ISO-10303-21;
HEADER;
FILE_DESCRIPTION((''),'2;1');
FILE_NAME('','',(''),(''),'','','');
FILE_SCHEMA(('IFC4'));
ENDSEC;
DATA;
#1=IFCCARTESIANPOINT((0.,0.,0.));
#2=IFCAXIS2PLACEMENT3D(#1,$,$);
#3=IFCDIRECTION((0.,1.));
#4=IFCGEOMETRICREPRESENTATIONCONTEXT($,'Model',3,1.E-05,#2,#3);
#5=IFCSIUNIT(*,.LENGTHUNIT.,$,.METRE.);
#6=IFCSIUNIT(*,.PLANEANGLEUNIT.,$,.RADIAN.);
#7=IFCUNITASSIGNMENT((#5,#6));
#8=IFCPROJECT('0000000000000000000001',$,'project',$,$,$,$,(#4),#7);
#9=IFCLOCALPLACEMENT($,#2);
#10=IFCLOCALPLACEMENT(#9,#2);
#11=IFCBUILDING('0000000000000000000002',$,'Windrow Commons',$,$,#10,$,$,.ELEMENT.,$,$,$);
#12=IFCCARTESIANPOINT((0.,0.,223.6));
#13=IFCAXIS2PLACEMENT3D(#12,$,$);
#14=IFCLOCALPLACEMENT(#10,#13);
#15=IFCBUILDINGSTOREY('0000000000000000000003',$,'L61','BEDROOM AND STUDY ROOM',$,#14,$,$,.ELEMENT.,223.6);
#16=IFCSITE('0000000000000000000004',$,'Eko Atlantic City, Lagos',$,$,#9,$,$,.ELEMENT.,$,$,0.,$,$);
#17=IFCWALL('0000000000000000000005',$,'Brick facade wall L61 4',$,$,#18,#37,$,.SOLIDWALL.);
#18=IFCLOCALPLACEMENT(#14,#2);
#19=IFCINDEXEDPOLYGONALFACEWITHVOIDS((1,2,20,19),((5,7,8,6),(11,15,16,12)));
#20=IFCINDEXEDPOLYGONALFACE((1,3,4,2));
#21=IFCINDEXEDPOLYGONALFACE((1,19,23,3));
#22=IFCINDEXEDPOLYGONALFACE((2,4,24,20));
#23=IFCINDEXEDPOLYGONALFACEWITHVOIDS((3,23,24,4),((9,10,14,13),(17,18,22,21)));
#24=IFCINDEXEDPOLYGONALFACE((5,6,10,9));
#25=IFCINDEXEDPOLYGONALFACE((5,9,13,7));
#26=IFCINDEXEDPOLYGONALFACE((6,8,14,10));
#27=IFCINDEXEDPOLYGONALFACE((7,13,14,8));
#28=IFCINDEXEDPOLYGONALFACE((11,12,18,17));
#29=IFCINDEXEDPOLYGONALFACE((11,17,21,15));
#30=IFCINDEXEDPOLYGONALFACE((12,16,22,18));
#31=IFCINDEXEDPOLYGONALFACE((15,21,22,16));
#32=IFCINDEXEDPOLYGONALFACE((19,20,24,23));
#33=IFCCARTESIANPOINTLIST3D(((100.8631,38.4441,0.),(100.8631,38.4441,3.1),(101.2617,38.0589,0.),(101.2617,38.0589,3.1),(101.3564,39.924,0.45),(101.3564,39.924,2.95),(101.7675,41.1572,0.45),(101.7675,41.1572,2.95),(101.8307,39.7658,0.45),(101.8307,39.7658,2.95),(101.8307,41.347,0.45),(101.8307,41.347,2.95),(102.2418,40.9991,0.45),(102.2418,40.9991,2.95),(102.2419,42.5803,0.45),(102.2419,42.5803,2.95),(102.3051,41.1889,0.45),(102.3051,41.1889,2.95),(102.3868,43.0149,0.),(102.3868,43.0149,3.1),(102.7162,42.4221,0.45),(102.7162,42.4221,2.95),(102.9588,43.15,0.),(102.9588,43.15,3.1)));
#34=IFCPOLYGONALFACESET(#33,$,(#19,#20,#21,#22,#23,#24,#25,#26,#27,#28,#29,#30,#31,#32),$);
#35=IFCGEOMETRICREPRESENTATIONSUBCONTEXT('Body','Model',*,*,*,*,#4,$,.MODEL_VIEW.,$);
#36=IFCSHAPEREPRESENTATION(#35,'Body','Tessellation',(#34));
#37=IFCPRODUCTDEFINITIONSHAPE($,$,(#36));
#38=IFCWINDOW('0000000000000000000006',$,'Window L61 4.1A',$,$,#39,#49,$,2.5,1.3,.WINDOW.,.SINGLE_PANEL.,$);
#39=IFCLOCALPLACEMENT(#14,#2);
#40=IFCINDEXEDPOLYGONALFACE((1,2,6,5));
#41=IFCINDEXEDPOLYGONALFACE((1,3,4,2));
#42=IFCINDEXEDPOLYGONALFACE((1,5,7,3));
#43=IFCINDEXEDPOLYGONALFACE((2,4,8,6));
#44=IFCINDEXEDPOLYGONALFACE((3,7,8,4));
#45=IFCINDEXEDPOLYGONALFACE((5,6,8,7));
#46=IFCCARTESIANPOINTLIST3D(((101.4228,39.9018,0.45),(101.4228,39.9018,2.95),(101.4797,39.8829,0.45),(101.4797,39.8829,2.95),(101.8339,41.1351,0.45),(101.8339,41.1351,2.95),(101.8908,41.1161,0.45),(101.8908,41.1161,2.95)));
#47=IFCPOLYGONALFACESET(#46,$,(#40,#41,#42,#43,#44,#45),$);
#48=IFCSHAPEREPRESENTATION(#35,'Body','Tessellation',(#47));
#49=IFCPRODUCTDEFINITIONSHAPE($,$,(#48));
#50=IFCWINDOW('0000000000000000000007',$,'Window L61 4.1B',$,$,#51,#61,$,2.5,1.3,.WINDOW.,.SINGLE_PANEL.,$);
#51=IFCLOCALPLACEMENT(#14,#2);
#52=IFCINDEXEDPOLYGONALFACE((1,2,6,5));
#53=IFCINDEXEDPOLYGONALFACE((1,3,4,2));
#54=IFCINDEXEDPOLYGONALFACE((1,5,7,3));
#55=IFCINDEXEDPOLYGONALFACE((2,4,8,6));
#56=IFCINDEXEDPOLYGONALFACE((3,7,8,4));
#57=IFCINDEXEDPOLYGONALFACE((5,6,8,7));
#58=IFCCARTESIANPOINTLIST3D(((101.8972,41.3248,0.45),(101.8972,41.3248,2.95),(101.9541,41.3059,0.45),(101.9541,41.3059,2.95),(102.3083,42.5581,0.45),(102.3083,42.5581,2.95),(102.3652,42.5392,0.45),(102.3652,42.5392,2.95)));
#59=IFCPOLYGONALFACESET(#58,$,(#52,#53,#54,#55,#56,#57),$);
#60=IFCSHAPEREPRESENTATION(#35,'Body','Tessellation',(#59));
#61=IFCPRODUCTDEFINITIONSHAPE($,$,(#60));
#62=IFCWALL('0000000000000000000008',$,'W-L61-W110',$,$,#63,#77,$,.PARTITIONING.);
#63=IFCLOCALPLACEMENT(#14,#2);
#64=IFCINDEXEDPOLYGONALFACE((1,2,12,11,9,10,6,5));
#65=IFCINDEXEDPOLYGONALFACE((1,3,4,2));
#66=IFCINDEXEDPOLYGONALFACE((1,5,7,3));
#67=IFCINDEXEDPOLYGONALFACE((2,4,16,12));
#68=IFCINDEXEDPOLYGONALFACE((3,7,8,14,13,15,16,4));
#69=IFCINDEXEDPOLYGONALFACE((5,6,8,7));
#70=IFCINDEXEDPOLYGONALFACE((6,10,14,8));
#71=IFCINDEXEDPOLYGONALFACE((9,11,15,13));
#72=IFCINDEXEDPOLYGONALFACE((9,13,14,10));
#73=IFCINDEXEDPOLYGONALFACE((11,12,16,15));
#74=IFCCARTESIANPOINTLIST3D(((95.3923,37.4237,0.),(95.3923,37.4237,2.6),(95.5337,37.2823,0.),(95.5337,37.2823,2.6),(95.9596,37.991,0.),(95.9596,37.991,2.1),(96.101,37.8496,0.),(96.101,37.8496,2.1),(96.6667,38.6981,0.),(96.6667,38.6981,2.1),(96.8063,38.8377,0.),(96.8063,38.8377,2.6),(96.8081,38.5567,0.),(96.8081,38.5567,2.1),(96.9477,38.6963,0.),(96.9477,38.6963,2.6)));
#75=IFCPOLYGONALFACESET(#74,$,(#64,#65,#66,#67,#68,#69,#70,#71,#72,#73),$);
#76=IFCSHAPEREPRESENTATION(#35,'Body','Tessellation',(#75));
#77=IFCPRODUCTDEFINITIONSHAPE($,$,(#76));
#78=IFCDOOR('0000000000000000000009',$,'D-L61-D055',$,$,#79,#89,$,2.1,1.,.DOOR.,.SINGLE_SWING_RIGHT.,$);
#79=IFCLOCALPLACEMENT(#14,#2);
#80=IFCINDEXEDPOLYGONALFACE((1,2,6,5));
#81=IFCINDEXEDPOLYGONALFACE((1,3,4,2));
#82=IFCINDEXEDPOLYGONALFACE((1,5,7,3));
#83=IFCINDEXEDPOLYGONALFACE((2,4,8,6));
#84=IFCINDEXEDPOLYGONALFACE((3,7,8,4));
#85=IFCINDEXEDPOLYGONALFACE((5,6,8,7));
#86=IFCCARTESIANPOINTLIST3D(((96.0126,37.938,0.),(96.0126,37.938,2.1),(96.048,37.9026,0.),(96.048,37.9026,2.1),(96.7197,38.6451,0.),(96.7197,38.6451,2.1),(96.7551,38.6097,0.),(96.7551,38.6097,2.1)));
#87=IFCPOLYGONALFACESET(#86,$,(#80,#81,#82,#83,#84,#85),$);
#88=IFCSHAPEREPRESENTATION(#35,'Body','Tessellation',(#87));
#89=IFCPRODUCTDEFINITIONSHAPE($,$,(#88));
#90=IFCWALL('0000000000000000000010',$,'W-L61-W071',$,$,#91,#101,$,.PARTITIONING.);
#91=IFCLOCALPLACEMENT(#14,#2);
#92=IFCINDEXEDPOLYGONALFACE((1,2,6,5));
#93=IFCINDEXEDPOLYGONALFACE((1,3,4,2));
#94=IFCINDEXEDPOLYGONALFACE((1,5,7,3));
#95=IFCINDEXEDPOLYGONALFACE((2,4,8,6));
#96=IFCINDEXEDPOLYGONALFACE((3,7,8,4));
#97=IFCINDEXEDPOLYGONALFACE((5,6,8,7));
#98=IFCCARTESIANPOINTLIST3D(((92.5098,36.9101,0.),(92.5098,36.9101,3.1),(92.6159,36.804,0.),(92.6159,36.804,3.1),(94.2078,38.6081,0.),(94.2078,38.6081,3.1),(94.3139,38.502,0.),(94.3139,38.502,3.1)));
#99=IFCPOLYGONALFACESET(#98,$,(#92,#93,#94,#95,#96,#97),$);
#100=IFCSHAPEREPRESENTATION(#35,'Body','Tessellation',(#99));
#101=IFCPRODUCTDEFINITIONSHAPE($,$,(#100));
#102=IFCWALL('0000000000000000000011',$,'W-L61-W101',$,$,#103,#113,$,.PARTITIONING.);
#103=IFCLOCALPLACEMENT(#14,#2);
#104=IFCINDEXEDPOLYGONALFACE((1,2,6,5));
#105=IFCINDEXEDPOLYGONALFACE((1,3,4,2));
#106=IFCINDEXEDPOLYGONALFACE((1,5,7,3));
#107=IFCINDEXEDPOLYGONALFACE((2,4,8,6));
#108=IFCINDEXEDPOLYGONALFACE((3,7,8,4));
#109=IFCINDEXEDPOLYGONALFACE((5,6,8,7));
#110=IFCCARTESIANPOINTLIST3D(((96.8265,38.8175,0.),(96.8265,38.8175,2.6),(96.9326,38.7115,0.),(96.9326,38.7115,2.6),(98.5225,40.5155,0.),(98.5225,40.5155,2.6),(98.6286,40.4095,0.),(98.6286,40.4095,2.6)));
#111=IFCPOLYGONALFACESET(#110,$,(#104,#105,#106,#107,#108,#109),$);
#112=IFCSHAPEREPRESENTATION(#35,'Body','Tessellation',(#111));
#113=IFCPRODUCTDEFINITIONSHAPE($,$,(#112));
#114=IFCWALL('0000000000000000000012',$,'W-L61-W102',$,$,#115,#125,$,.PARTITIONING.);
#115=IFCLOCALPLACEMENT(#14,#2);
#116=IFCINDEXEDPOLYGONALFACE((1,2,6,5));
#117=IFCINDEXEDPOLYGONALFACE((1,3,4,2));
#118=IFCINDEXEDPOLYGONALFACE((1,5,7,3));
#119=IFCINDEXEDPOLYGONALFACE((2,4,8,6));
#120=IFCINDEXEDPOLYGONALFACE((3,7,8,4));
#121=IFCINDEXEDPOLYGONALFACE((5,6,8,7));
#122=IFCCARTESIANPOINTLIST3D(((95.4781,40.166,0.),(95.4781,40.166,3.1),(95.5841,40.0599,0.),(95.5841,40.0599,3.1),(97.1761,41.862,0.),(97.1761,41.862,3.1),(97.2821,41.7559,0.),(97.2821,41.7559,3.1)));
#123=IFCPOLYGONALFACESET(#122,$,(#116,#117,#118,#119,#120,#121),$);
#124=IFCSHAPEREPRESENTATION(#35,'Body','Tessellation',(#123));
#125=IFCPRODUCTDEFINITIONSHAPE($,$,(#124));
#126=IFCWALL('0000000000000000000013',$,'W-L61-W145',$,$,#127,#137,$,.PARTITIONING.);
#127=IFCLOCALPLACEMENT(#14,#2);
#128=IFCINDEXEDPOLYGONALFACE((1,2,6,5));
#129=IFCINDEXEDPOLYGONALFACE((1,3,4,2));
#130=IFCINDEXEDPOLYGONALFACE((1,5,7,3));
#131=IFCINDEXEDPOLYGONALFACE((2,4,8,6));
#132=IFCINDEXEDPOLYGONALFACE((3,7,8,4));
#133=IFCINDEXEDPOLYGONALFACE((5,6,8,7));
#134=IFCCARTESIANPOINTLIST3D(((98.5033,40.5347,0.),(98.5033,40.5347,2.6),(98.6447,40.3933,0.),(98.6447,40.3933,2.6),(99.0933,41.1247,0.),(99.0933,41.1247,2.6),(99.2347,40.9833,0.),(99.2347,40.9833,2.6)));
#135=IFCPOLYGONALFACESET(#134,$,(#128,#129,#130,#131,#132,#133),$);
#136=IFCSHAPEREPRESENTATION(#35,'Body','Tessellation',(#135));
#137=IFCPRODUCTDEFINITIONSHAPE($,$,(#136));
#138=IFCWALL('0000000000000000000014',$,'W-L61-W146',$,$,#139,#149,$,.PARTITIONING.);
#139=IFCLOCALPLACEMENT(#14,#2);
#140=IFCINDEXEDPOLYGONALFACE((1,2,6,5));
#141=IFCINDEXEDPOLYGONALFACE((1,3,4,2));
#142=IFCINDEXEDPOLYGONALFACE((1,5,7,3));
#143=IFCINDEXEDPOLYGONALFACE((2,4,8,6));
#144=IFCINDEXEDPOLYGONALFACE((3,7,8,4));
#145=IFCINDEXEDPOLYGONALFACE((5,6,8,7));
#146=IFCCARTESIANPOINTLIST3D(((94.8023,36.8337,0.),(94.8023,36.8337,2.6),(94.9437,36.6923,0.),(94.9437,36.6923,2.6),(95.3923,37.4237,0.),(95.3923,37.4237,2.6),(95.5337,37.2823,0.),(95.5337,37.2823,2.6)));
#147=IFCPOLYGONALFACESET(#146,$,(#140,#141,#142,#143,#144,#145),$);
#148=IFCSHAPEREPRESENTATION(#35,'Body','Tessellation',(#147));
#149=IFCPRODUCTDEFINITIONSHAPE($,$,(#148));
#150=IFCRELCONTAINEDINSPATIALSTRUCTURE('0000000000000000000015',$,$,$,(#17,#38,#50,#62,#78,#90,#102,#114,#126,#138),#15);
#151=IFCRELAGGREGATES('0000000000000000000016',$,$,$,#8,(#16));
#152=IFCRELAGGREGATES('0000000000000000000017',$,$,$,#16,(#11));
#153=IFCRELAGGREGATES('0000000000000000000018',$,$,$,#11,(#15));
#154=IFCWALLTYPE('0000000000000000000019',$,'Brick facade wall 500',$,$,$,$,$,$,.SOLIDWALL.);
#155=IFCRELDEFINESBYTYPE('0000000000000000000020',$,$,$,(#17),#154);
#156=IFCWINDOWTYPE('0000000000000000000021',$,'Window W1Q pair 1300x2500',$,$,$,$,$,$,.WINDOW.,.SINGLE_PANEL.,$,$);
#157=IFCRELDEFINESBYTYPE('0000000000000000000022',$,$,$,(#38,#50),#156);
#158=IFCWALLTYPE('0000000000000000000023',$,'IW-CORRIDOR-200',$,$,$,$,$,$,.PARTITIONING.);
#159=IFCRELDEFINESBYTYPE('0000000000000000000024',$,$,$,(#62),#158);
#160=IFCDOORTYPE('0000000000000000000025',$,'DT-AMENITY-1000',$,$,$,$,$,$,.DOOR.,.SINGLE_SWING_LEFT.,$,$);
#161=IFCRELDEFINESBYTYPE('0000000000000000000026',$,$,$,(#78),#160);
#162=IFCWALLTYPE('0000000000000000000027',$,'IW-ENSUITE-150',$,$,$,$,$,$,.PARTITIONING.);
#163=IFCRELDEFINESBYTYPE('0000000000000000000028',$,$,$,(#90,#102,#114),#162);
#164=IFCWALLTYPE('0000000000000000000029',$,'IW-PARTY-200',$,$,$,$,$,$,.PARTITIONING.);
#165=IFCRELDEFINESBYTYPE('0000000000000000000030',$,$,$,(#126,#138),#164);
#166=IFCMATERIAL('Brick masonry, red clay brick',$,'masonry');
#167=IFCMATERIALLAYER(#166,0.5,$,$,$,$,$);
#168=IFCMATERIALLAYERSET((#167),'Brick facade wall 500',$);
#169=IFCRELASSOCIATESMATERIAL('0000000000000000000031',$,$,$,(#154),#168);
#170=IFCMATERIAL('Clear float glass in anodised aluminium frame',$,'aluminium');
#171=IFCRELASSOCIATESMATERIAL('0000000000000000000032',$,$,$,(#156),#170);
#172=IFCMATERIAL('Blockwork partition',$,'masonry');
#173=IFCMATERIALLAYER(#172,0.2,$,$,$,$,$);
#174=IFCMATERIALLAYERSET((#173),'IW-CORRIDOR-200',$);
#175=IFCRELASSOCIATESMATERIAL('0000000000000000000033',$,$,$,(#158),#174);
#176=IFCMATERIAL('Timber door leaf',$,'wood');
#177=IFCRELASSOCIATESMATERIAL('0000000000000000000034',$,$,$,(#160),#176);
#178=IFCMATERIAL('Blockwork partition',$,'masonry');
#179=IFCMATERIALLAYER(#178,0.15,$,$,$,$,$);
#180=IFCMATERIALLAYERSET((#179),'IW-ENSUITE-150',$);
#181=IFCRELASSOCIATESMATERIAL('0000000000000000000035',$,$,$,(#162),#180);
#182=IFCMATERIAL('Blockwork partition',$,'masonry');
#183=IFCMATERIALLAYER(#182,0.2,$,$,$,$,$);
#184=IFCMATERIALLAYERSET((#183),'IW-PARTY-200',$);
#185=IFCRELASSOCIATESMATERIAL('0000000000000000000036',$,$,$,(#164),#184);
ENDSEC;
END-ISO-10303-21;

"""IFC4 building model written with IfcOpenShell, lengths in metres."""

from ifc_helpers import new_model, si_unit, direction, frame, frame_2d, origin, place, context, subcontext, project, spatial, polyline, rectangle, outline, extrude, material, layer, layer_set, type_object, element, fill, save


model = new_model("IFC4")

# Units and contexts
model_context = context("Model", 3, precision=1e-05, world=origin(), true_north=direction((0.0, 1.0)))
body_context = subcontext(model_context, "Body", "Model", "MODEL_VIEW")
ifc_project = project(units=[si_unit("LENGTHUNIT", "METRE"), si_unit("PLANEANGLEUNIT", "RADIAN")], contexts=[model_context])

# Site, building, storey
site_placement = place(None, origin())
site = spatial("IfcSite", under=ifc_project, at=site_placement, Name="Eko Atlantic City, Lagos", CompositionType="ELEMENT", RefElevation=0.0)
building_placement = place(site_placement, origin())
building = spatial("IfcBuilding", under=site, at=building_placement, Name="Windrow Commons", CompositionType="ELEMENT")
storey_placement = place(building_placement, frame((0.0, 0.0, 223.6)))
storey = spatial("IfcBuildingStorey", under=building, at=storey_placement, Name="L61", Description="BEDROOM AND STUDY ROOM", CompositionType="ELEMENT", Elevation=223.6)

# Wall, openings, windows
ifc_material_1 = material(Name="Brick masonry, red clay brick", Category="masonry")
ifc_layer_1 = layer(ifc_material_1, 0.5)
ifc_layer_set_1 = layer_set([ifc_layer_1], Name="Brick facade wall 500")
wall_type_1 = type_object("IfcWallType", Name="Brick facade wall 500", PredefinedType="SOLIDWALL", material=ifc_layer_set_1)
ifc_material_2 = material(Name="Clear float glass in anodised aluminium frame", Category="aluminium")
window_type = type_object("IfcWindowType", Name="Window W1Q pair 1300x2500", PartitioningType="SINGLE_PANEL", PredefinedType="WINDOW", material=ifc_material_2)
wall_1_placement = place(storey_placement, frame((101.0624, 38.2515, 0.0), z_axis=(0.0, 0.0, 1.0), x_axis=(0.31624, 0.948679, 0.0)))
wall_1 = element("IfcWall", 1, at=wall_1_placement, inside=storey, type_object=wall_type_1, Name="Brick facade wall L61 4", PredefinedType="SOLIDWALL", context=body_context, shape_type="SweptSolid", body=[
    extrude(outline(polyline([(-0.1197, -0.25), (5.2468, -0.25), (4.9378, 0.25), (0.1197, 0.25), (-0.1197, -0.25)])), origin(), (0.0, 0.0, 1.0), 3.1),
])
opening_1_placement = place(wall_1_placement, frame((1.6796, 0.0, 0.45)))
opening_1 = element("IfcOpeningElement", 2, at=opening_1_placement, cuts=wall_1, PredefinedType="OPENING", context=body_context, shape_type="SweptSolid", body=[
    extrude(rectangle(XDim=1.3, YDim=2.5, at=frame_2d((0.65, 1.25))), frame((0.0, 0.26, 0.0), z_axis=(0.0, -1.0, 0.0), x_axis=(1.0, 0.0, 0.0)), (0.0, 0.0, 1.0), 0.52),
])
opening_2_placement = place(wall_1_placement, frame((3.1796, 0.0, 0.45)))
opening_2 = element("IfcOpeningElement", 3, at=opening_2_placement, cuts=wall_1, PredefinedType="OPENING", context=body_context, shape_type="SweptSolid", body=[
    extrude(rectangle(XDim=1.3, YDim=2.5, at=frame_2d((0.65, 1.25))), frame((0.0, 0.26, 0.0), z_axis=(0.0, -1.0, 0.0), x_axis=(1.0, 0.0, 0.0)), (0.0, 0.0, 1.0), 0.52),
])
window_1_placement = place(opening_1_placement, origin())
window_1 = element("IfcWindow", 4, at=window_1_placement, inside=storey, type_object=window_type, Name="Window L61 4.1A", OverallHeight=2.5, OverallWidth=1.3, PartitioningType="SINGLE_PANEL", PredefinedType="WINDOW", context=body_context, shape_type="SweptSolid", body=[
    extrude(rectangle(XDim=1.3, YDim=2.5, at=frame_2d((0.65, 1.25))), frame((0.0, 0.18, 0.0), z_axis=(0.0, -1.0, 0.0), x_axis=(1.0, 0.0, 0.0)), (0.0, 0.0, 1.0), 0.06),
])
fill(opening_1, window_1)
window_2_placement = place(opening_2_placement, origin())
window_2 = element("IfcWindow", 5, at=window_2_placement, inside=storey, type_object=window_type, Name="Window L61 4.1B", OverallHeight=2.5, OverallWidth=1.3, PartitioningType="SINGLE_PANEL", PredefinedType="WINDOW", context=body_context, shape_type="SweptSolid", body=[
    extrude(rectangle(XDim=1.3, YDim=2.5, at=frame_2d((0.65, 1.25))), frame((0.0, 0.18, 0.0), z_axis=(0.0, -1.0, 0.0), x_axis=(1.0, 0.0, 0.0)), (0.0, 0.0, 1.0), 0.06),
])
fill(opening_2, window_2)

# Wall, opening, door
ifc_material_3 = material(Name="Blockwork partition", Category="masonry")
ifc_layer_2 = layer(ifc_material_3, 0.2)
ifc_layer_set_2 = layer_set([ifc_layer_2], Name="IW-CORRIDOR-200")
wall_type_2 = type_object("IfcWallType", Name="IW-CORRIDOR-200", PredefinedType="PARTITIONING", material=ifc_layer_set_2)
wall_2_placement = place(storey_placement, frame((95.463, 37.353, 0.0), z_axis=(0.0, 0.0, 1.0), x_axis=(0.707107, 0.707107, 0.0)))
wall_2 = element("IfcWall", 6, at=wall_2_placement, inside=storey, type_object=wall_type_2, Name="W-L61-W110", PredefinedType="PARTITIONING", context=body_context, shape_type="SweptSolid", body=[
    extrude(rectangle(XDim=1.9997, YDim=0.2, at=frame_2d((0.9999, 0.0))), origin(), (0.0, 0.0, 1.0), 2.6),
])
opening_3_placement = place(wall_2_placement, frame((0.8023, 0.0, 0.0)))
opening_3 = element("IfcOpeningElement", 7, at=opening_3_placement, cuts=wall_2, PredefinedType="OPENING", context=body_context, shape_type="SweptSolid", body=[
    extrude(rectangle(XDim=1.0, YDim=2.1, at=frame_2d((0.5, 1.05))), frame((0.0, 0.11, 0.0), z_axis=(0.0, -1.0, 0.0), x_axis=(1.0, 0.0, 0.0)), (0.0, 0.0, 1.0), 0.22),
])
ifc_material_4 = material(Name="Timber door leaf", Category="wood")
door_type = type_object("IfcDoorType", Name="DT-AMENITY-1000", OperationType="SINGLE_SWING_LEFT", PredefinedType="DOOR", material=ifc_material_4)
door_placement = place(opening_3_placement, origin())
door = element("IfcDoor", 8, at=door_placement, inside=storey, type_object=door_type, Name="D-L61-D055", OperationType="SINGLE_SWING_RIGHT", OverallHeight=2.1, OverallWidth=1.0, PredefinedType="DOOR", context=body_context, shape_type="SweptSolid", body=[
    extrude(rectangle(XDim=1.0, YDim=2.1, at=frame_2d((0.5, 1.05))), frame((0.0, 0.025, 0.0), z_axis=(0.0, -1.0, 0.0), x_axis=(1.0, 0.0, 0.0)), (0.0, 0.0, 1.0), 0.05),
])
fill(opening_3, door)

# Walls
ifc_material_5 = material(Name="Blockwork partition", Category="masonry")
ifc_layer_3 = layer(ifc_material_5, 0.15)
ifc_layer_set_3 = layer_set([ifc_layer_3], Name="IW-ENSUITE-150")
wall_type_3 = type_object("IfcWallType", Name="IW-ENSUITE-150", PredefinedType="PARTITIONING", material=ifc_layer_set_3)
wall_3_placement = place(storey_placement, frame((92.5629, 36.8571, 0.0), z_axis=(0.0, 0.0, 1.0), x_axis=(0.707107, 0.707107, 0.0)))
element("IfcWall", 9, at=wall_3_placement, inside=storey, type_object=wall_type_3, Name="W-L61-W071", PredefinedType="PARTITIONING", context=body_context, shape_type="SweptSolid", body=[
    extrude(rectangle(XDim=2.4013, YDim=0.15, at=frame_2d((1.2006, 0.0))), origin(), (0.0, 0.0, 1.0), 3.1),
])
wall_4_placement = place(storey_placement, frame((96.8795, 38.7645, 0.0), z_axis=(0.0, 0.0, 1.0), x_axis=(0.70669, 0.707523, 0.0)))
element("IfcWall", 10, at=wall_4_placement, inside=storey, type_object=wall_type_3, Name="W-L61-W101", PredefinedType="PARTITIONING", context=body_context, shape_type="SweptSolid", body=[
    extrude(rectangle(XDim=2.3999, YDim=0.15, at=frame_2d((1.2, 0.0))), origin(), (0.0, 0.0, 1.0), 2.6),
])
wall_5_placement = place(storey_placement, frame((95.5311, 40.1129, 0.0), z_axis=(0.0, 0.0, 1.0), x_axis=(0.707523, 0.70669, 0.0)))
element("IfcWall", 11, at=wall_5_placement, inside=storey, type_object=wall_type_3, Name="W-L61-W102", PredefinedType="PARTITIONING", context=body_context, shape_type="SweptSolid", body=[
    extrude(rectangle(XDim=2.3999, YDim=0.15, at=frame_2d((1.2, 0.0))), origin(), (0.0, 0.0, 1.0), 3.1),
])
ifc_material_6 = material(Name="Blockwork partition", Category="masonry")
ifc_layer_4 = layer(ifc_material_6, 0.2)
ifc_layer_set_4 = layer_set([ifc_layer_4], Name="IW-PARTY-200")
wall_type_4 = type_object("IfcWallType", Name="IW-PARTY-200", PredefinedType="PARTITIONING", material=ifc_layer_set_4)
for number, where, z_axis, x_axis, name in (
    (12, (98.574, 40.464, 0.0), (0.0, 0.0, 1.0), (0.707107, 0.707107, 0.0), "W-L61-W145"),
    (13, (94.873, 36.763, 0.0), (0.0, 0.0, 1.0), (0.707107, 0.707107, 0.0), "W-L61-W146"),
):
    element("IfcWall", number, at=place(storey_placement, frame(where, z_axis=z_axis, x_axis=x_axis)), inside=storey, type_object=wall_type_4, Name=name, PredefinedType="PARTITIONING", context=body_context, shape_type="SweptSolid", body=[
        extrude(rectangle(XDim=0.8344, YDim=0.2, at=frame_2d((0.4172, 0.0))), origin(), (0.0, 0.0, 1.0), 2.6),
    ])

save(model, "model.ifc")
